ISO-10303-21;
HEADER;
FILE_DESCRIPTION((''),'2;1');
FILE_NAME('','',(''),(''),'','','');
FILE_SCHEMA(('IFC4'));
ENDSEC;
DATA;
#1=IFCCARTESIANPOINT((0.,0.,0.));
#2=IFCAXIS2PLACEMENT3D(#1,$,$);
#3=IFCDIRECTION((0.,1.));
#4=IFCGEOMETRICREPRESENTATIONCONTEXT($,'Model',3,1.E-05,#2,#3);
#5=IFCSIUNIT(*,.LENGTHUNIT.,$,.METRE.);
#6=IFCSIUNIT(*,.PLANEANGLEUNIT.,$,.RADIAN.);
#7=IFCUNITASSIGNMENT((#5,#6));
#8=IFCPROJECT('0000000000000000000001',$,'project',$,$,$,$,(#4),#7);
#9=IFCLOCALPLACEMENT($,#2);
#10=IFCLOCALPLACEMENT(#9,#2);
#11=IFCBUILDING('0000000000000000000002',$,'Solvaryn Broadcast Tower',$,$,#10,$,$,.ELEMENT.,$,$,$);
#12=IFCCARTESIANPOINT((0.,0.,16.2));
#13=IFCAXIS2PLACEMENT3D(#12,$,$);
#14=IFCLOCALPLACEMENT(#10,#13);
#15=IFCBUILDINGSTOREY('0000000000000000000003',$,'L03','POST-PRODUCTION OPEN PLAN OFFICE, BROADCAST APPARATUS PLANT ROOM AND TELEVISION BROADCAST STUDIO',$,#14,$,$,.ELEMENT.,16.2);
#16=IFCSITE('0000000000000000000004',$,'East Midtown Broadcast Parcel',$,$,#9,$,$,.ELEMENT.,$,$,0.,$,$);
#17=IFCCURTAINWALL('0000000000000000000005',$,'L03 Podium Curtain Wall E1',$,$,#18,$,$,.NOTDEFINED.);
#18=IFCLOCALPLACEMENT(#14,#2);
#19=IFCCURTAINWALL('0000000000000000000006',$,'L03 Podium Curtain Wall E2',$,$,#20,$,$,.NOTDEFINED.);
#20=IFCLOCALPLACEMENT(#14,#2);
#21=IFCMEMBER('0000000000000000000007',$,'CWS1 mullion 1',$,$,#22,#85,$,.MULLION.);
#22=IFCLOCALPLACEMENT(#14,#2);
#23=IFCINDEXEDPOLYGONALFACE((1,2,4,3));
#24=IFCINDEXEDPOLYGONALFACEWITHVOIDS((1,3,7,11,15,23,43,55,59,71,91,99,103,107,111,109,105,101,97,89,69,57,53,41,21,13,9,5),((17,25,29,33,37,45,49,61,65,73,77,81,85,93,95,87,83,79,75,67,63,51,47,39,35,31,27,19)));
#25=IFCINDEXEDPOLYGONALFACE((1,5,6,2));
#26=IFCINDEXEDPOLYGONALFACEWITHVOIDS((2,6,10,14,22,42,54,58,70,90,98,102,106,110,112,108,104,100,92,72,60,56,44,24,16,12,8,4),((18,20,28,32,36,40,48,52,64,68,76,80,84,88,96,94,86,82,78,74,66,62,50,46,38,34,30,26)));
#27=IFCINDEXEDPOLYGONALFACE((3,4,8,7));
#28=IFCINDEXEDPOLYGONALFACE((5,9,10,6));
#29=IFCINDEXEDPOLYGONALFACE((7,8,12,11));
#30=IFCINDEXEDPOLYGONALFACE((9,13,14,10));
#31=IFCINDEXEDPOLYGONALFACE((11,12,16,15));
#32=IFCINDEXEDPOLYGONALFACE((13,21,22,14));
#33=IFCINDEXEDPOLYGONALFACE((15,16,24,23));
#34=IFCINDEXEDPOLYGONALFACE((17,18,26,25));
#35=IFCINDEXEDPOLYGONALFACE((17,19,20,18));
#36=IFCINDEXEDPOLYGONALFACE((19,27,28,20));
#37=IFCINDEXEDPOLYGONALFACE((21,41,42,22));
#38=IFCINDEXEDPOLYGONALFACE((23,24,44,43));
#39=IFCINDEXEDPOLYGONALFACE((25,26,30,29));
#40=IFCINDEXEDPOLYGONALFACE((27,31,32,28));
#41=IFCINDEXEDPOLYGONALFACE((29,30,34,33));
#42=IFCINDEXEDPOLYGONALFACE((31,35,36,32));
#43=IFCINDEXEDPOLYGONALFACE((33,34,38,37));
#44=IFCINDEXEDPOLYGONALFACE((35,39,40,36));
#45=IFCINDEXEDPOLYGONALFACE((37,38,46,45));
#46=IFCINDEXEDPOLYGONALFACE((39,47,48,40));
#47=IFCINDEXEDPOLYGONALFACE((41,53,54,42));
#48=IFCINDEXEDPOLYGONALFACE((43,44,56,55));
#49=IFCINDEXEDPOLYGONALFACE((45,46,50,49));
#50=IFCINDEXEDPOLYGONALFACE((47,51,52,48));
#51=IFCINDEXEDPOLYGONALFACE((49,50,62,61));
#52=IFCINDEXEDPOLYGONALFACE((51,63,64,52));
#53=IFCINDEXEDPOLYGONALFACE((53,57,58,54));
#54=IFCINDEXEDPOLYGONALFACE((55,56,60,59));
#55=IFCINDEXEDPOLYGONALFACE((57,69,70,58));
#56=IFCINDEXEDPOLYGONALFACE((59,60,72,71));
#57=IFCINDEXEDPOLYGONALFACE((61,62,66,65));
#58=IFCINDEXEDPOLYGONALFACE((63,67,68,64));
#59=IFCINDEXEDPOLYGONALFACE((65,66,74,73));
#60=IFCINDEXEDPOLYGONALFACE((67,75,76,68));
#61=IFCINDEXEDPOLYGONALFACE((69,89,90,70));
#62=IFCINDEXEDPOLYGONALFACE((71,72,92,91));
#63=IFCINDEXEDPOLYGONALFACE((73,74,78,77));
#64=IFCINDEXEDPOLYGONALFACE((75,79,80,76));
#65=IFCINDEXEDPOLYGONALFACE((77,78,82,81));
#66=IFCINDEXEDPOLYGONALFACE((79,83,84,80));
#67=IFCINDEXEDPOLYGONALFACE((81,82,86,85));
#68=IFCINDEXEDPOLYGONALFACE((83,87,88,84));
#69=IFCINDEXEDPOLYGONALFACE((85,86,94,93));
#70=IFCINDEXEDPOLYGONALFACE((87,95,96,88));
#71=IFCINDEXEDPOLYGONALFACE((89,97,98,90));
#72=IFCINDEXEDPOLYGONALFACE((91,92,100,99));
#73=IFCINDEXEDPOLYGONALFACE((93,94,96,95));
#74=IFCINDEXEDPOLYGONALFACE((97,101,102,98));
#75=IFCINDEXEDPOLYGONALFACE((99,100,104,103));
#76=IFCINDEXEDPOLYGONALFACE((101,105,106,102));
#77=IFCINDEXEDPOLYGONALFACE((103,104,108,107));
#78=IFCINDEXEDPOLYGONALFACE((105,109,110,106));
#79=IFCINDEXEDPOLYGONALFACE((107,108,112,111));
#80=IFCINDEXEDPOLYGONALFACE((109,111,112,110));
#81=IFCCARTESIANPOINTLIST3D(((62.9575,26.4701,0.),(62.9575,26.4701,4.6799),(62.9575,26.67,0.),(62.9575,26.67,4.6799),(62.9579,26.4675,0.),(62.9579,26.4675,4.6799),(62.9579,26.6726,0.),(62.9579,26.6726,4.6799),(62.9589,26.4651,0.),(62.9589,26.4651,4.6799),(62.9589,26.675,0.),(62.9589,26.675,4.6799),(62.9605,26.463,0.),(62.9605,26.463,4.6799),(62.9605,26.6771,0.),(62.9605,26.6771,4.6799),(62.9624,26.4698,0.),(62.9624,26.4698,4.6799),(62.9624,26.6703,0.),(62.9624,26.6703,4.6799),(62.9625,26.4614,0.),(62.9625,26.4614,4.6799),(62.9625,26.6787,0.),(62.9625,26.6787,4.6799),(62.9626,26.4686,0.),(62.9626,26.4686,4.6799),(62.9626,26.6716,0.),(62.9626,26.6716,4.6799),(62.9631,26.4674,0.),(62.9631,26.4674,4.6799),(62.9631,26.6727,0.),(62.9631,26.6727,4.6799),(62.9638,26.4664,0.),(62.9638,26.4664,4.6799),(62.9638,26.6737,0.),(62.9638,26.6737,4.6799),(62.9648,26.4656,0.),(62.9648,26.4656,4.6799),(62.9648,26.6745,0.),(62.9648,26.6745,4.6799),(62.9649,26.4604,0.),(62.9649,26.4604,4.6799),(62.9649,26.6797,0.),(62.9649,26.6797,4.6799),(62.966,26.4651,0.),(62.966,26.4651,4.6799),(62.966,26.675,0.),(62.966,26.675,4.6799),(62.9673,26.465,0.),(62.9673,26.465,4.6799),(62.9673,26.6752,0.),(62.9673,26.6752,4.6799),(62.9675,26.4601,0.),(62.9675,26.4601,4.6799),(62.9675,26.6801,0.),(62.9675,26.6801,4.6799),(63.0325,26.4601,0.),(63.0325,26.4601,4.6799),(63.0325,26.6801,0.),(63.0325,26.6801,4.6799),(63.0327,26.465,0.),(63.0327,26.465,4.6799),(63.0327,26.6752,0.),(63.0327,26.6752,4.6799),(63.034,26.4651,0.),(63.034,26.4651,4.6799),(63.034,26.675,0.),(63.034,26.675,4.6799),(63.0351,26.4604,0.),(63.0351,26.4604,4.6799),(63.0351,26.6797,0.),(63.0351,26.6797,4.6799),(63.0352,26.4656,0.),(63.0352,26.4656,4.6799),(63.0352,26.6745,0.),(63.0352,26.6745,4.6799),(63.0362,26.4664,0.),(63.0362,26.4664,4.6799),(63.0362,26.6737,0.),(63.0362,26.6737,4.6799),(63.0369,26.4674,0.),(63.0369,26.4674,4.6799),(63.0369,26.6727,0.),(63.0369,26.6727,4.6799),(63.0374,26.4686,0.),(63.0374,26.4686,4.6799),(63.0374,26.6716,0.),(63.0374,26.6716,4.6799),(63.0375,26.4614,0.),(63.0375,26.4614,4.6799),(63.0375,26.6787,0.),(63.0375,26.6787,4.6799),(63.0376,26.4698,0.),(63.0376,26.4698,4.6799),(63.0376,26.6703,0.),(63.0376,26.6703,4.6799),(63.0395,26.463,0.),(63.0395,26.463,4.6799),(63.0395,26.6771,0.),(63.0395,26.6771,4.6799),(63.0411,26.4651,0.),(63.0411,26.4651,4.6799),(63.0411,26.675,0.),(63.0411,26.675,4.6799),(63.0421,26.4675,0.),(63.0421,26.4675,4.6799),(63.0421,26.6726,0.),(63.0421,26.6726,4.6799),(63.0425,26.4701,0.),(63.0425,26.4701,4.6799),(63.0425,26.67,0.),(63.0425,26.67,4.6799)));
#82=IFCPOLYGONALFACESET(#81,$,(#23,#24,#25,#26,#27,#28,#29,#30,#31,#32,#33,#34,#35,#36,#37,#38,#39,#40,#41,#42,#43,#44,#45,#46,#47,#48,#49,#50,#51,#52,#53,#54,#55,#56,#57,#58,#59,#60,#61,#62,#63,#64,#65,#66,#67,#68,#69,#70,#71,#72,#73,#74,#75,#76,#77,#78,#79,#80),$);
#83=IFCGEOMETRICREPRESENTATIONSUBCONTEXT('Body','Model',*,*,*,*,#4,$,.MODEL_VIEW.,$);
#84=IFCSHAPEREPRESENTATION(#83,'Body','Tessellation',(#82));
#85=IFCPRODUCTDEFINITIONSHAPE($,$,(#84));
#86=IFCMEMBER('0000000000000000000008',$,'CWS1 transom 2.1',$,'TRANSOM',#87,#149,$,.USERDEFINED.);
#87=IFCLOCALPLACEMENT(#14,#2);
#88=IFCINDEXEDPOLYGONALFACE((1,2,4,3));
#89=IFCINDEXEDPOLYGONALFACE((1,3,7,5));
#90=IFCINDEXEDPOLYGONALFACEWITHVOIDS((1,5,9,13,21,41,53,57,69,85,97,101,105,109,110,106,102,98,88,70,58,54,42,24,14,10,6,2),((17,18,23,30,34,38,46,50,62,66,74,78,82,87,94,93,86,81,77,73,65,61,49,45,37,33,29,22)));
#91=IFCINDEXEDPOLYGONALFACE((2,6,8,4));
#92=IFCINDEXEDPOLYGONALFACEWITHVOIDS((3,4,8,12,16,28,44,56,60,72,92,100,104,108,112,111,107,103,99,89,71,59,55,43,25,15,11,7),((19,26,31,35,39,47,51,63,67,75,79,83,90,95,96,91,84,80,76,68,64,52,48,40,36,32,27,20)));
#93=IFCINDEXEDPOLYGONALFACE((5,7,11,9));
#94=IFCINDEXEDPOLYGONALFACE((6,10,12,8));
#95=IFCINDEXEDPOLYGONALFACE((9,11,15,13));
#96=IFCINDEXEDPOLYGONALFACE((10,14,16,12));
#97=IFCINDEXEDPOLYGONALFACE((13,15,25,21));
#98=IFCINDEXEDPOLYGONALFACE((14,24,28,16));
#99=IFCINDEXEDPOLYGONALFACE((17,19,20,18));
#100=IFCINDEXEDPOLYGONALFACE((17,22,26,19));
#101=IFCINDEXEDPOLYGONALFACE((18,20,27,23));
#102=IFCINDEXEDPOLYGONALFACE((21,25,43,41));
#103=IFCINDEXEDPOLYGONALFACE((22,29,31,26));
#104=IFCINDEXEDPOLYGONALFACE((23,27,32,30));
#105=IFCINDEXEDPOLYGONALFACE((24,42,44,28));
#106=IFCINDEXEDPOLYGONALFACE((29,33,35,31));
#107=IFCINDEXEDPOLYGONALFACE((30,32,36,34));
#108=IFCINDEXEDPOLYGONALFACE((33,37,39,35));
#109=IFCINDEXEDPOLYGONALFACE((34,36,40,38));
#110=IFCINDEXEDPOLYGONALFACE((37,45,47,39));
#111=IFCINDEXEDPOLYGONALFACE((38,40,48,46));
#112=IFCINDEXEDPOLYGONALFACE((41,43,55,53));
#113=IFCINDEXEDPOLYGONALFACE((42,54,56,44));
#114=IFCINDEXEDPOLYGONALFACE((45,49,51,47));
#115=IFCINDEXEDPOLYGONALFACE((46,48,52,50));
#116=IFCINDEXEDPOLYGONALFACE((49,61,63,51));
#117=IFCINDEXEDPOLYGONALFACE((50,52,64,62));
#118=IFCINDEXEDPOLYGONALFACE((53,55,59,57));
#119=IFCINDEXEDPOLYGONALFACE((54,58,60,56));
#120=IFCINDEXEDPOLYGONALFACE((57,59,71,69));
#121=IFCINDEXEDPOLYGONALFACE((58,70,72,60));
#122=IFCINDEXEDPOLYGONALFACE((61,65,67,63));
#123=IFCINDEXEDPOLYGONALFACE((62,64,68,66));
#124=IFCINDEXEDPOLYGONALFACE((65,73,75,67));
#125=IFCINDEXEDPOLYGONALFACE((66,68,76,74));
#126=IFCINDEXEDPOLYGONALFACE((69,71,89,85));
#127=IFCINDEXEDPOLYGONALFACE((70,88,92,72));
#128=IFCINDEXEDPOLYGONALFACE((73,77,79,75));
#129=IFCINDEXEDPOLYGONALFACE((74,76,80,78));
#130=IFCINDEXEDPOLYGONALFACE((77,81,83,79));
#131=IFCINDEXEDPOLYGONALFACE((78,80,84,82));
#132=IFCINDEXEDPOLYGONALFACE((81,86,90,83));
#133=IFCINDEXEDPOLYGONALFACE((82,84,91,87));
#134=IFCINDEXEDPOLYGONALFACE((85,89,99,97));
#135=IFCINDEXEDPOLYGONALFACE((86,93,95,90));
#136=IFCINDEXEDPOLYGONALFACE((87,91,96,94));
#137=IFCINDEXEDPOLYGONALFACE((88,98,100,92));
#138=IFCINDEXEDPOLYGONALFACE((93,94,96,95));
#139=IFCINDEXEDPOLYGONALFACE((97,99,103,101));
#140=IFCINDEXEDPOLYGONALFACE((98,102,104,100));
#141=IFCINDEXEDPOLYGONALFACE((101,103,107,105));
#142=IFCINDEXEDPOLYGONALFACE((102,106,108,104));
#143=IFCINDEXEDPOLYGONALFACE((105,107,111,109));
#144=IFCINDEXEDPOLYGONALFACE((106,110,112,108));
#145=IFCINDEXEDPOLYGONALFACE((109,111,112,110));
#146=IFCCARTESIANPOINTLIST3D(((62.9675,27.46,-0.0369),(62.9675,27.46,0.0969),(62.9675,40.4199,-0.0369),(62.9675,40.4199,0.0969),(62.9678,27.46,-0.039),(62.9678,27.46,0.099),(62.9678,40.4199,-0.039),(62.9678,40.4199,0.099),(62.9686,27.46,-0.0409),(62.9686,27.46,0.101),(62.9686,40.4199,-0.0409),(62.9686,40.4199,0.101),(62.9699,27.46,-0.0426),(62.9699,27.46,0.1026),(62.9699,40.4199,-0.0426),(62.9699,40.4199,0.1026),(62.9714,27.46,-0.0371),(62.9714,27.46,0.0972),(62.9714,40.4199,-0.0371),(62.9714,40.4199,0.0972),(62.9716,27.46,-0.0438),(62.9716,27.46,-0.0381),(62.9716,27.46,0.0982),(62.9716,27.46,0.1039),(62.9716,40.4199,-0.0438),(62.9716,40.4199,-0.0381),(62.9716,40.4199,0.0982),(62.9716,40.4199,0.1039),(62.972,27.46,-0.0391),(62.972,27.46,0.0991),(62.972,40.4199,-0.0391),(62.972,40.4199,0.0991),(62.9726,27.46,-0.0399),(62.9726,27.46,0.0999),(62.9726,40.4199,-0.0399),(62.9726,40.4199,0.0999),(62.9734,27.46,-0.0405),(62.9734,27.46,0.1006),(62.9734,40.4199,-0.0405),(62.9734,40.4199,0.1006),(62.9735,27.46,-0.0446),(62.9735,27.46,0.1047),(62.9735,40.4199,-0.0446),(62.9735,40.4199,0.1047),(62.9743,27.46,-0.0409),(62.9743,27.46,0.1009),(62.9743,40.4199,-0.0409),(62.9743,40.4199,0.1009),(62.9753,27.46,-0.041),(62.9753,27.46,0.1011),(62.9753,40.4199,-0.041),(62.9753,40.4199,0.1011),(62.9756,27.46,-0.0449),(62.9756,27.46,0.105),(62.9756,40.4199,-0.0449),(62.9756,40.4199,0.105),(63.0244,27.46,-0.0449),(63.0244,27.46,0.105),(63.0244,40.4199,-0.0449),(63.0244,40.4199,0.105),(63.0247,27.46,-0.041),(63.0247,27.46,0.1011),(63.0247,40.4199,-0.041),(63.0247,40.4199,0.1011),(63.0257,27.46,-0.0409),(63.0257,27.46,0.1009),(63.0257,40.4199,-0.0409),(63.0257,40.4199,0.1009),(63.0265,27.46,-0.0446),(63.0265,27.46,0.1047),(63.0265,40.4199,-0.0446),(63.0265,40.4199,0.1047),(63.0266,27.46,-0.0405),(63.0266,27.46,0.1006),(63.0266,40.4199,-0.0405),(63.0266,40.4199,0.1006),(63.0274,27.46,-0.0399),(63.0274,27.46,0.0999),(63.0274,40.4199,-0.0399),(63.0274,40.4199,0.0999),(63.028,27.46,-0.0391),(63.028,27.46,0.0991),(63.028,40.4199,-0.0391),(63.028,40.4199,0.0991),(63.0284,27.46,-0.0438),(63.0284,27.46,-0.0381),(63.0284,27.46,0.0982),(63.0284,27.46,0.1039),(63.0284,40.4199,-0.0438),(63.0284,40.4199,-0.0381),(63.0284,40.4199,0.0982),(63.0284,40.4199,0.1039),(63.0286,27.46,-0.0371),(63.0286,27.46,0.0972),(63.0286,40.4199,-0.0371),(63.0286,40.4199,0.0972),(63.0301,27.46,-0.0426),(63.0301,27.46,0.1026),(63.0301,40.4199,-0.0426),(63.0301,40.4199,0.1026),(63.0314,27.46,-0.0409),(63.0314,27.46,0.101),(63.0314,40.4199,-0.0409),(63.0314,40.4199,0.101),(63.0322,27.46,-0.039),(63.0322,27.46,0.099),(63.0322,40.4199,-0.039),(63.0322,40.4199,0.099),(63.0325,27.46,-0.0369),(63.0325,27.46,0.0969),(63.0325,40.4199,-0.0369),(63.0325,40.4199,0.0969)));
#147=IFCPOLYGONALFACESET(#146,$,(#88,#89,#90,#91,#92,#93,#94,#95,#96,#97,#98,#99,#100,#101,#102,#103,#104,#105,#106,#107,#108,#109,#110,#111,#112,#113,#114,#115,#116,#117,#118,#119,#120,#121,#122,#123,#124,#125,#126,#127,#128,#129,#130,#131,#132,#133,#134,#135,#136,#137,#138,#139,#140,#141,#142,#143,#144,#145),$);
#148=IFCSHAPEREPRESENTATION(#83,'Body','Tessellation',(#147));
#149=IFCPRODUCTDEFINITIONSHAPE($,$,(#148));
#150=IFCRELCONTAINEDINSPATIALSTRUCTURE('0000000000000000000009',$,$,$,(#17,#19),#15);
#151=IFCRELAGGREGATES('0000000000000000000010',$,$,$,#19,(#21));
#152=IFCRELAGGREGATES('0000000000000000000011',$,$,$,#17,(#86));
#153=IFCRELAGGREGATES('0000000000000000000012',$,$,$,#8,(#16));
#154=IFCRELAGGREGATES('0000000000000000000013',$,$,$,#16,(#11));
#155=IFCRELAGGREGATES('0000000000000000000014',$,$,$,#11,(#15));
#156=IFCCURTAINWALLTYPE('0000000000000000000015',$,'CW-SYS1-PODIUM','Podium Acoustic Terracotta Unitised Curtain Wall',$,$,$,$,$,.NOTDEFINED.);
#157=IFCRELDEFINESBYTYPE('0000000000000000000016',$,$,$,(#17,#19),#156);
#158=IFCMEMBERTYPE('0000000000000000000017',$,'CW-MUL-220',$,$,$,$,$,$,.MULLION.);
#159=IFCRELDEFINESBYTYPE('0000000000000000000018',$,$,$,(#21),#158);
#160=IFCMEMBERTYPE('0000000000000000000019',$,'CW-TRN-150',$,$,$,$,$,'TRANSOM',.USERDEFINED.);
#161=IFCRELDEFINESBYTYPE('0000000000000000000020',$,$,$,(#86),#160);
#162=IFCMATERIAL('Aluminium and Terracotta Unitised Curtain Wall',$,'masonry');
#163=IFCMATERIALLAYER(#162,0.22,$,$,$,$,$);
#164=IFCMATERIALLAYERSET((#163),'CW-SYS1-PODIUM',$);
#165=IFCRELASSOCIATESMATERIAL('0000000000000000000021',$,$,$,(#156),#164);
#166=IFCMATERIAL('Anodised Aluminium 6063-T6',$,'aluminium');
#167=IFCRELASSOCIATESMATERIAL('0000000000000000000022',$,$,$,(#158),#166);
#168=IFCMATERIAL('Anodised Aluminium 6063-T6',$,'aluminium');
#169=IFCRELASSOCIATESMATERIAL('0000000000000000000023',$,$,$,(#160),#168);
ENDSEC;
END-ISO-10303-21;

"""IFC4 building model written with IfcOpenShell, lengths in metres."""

from ifc_helpers import new_model, si_unit, direction, frame, origin, origin_2d, place, context, subcontext, project, spatial, hollow_rectangle, extrude, material, layer, layer_set, material_profile, profile_set, type_object, element, aggregate, save


model = new_model("IFC4")

# Units and contexts
model_context = context("Model", 3, precision=1e-05, world=origin(), true_north=direction((0.0, 1.0)))
body_context = subcontext(model_context, "Body", "Model", "MODEL_VIEW")
ifc_project = project(units=[si_unit("LENGTHUNIT", "METRE"), si_unit("PLANEANGLEUNIT", "RADIAN")], contexts=[model_context])

# Site, building, storey
site_placement = place(None, origin())
site = spatial("IfcSite", under=ifc_project, at=site_placement, Name="East Midtown Broadcast Parcel", CompositionType="ELEMENT", RefElevation=0.0)
building_placement = place(site_placement, origin())
building = spatial("IfcBuilding", under=site, at=building_placement, Name="Solvaryn Broadcast Tower", CompositionType="ELEMENT")
storey_placement = place(building_placement, frame((0.0, 0.0, 16.2)))
storey = spatial("IfcBuildingStorey", under=building, at=storey_placement, Name="L03", Description="POST-PRODUCTION OPEN PLAN OFFICE, BROADCAST APPARATUS PLANT ROOM AND TELEVISION BROADCAST STUDIO", CompositionType="ELEMENT", Elevation=16.2)

# Curtain wall
ifc_material_1 = material(Name="Aluminium and Terracotta Unitised Curtain Wall", Category="masonry")
ifc_layer_1 = layer(ifc_material_1, 0.22)
ifc_layer_set_1 = layer_set([ifc_layer_1], Name="CW-SYS1-PODIUM")
curtain_wall_type = type_object("IfcCurtainWallType", Name="CW-SYS1-PODIUM", Description="Podium Acoustic Terracotta Unitised Curtain Wall", PredefinedType="NOTDEFINED", material=ifc_layer_set_1)
curtain_wall_1_placement = place(storey_placement, origin())
curtain_wall_1 = element("IfcCurtainWall", 1, at=curtain_wall_1_placement, inside=storey, type_object=curtain_wall_type, Name="L03 Podium Curtain Wall E1", PredefinedType="NOTDEFINED")
ifc_material_2 = material(Name="Anodised Aluminium 6063-T6", Category="aluminium")
ifc_material_profile_1 = material_profile(ifc_material_2, hollow_rectangle(XDim=0.085, YDim=0.22, WallThickness=0.0049, InnerFilletRadius=0.0049, OuterFilletRadius=0.01, at=origin_2d()))
ifc_profile_set_1 = profile_set([ifc_material_profile_1], Name="Anodised Aluminium 6063-T6")
member_type_1 = type_object("IfcMemberType", Name="CW-MUL-220", PredefinedType="MULLION", material=ifc_profile_set_1)

# Curtain wall, member
curtain_wall_2_placement = place(storey_placement, origin())
curtain_wall_2 = element("IfcCurtainWall", 2, at=curtain_wall_2_placement, inside=storey, type_object=curtain_wall_type, Name="L03 Podium Curtain Wall E2", PredefinedType="NOTDEFINED")
member_1_placement = place(storey_placement, frame((63.0, 26.5701, 0.0), z_axis=(0.0, 0.0, 1.0), x_axis=(1.0, 0.0, 0.0)))
member_1 = element("IfcMember", 3, at=member_1_placement, type_object=member_type_1, Name="CWS1 mullion 1", PredefinedType="MULLION", context=body_context, shape_type="SweptSolid", body=[
    extrude(hollow_rectangle(XDim=0.085, YDim=0.22, WallThickness=0.0049, InnerFilletRadius=0.0049, OuterFilletRadius=0.01, at=origin_2d()), origin(), (0.0, 0.0, 1.0), 4.6799),
])

# Member
ifc_material_3 = material(Name="Anodised Aluminium 6063-T6", Category="aluminium")
ifc_material_profile_2 = material_profile(ifc_material_3, hollow_rectangle(XDim=0.0649, YDim=0.1499, WallThickness=0.0039, InnerFilletRadius=0.0039, OuterFilletRadius=0.0081, at=origin_2d()))
ifc_profile_set_2 = profile_set([ifc_material_profile_2], Name="Anodised Aluminium 6063-T6")
member_type_2 = type_object("IfcMemberType", Name="CW-TRN-150", ElementType="TRANSOM", PredefinedType="USERDEFINED", material=ifc_profile_set_2)
member_2_placement = place(storey_placement, frame((63.0, 40.4199, 0.03), z_axis=(0.0, -1.0, 0.0), x_axis=(1.0, 0.0, 0.0)))
member_2 = element("IfcMember", 4, at=member_2_placement, type_object=member_type_2, Name="CWS1 transom 2.1", ObjectType="TRANSOM", PredefinedType="USERDEFINED", context=body_context, shape_type="SweptSolid", body=[
    extrude(hollow_rectangle(XDim=0.0649, YDim=0.1499, WallThickness=0.0039, InnerFilletRadius=0.0039, OuterFilletRadius=0.0081, at=origin_2d()), origin(), (0.0, 0.0, 1.0), 12.96),
])
aggregate(curtain_wall_2, [member_1])

aggregate(curtain_wall_1, [member_2])

save(model, "model.ifc")
